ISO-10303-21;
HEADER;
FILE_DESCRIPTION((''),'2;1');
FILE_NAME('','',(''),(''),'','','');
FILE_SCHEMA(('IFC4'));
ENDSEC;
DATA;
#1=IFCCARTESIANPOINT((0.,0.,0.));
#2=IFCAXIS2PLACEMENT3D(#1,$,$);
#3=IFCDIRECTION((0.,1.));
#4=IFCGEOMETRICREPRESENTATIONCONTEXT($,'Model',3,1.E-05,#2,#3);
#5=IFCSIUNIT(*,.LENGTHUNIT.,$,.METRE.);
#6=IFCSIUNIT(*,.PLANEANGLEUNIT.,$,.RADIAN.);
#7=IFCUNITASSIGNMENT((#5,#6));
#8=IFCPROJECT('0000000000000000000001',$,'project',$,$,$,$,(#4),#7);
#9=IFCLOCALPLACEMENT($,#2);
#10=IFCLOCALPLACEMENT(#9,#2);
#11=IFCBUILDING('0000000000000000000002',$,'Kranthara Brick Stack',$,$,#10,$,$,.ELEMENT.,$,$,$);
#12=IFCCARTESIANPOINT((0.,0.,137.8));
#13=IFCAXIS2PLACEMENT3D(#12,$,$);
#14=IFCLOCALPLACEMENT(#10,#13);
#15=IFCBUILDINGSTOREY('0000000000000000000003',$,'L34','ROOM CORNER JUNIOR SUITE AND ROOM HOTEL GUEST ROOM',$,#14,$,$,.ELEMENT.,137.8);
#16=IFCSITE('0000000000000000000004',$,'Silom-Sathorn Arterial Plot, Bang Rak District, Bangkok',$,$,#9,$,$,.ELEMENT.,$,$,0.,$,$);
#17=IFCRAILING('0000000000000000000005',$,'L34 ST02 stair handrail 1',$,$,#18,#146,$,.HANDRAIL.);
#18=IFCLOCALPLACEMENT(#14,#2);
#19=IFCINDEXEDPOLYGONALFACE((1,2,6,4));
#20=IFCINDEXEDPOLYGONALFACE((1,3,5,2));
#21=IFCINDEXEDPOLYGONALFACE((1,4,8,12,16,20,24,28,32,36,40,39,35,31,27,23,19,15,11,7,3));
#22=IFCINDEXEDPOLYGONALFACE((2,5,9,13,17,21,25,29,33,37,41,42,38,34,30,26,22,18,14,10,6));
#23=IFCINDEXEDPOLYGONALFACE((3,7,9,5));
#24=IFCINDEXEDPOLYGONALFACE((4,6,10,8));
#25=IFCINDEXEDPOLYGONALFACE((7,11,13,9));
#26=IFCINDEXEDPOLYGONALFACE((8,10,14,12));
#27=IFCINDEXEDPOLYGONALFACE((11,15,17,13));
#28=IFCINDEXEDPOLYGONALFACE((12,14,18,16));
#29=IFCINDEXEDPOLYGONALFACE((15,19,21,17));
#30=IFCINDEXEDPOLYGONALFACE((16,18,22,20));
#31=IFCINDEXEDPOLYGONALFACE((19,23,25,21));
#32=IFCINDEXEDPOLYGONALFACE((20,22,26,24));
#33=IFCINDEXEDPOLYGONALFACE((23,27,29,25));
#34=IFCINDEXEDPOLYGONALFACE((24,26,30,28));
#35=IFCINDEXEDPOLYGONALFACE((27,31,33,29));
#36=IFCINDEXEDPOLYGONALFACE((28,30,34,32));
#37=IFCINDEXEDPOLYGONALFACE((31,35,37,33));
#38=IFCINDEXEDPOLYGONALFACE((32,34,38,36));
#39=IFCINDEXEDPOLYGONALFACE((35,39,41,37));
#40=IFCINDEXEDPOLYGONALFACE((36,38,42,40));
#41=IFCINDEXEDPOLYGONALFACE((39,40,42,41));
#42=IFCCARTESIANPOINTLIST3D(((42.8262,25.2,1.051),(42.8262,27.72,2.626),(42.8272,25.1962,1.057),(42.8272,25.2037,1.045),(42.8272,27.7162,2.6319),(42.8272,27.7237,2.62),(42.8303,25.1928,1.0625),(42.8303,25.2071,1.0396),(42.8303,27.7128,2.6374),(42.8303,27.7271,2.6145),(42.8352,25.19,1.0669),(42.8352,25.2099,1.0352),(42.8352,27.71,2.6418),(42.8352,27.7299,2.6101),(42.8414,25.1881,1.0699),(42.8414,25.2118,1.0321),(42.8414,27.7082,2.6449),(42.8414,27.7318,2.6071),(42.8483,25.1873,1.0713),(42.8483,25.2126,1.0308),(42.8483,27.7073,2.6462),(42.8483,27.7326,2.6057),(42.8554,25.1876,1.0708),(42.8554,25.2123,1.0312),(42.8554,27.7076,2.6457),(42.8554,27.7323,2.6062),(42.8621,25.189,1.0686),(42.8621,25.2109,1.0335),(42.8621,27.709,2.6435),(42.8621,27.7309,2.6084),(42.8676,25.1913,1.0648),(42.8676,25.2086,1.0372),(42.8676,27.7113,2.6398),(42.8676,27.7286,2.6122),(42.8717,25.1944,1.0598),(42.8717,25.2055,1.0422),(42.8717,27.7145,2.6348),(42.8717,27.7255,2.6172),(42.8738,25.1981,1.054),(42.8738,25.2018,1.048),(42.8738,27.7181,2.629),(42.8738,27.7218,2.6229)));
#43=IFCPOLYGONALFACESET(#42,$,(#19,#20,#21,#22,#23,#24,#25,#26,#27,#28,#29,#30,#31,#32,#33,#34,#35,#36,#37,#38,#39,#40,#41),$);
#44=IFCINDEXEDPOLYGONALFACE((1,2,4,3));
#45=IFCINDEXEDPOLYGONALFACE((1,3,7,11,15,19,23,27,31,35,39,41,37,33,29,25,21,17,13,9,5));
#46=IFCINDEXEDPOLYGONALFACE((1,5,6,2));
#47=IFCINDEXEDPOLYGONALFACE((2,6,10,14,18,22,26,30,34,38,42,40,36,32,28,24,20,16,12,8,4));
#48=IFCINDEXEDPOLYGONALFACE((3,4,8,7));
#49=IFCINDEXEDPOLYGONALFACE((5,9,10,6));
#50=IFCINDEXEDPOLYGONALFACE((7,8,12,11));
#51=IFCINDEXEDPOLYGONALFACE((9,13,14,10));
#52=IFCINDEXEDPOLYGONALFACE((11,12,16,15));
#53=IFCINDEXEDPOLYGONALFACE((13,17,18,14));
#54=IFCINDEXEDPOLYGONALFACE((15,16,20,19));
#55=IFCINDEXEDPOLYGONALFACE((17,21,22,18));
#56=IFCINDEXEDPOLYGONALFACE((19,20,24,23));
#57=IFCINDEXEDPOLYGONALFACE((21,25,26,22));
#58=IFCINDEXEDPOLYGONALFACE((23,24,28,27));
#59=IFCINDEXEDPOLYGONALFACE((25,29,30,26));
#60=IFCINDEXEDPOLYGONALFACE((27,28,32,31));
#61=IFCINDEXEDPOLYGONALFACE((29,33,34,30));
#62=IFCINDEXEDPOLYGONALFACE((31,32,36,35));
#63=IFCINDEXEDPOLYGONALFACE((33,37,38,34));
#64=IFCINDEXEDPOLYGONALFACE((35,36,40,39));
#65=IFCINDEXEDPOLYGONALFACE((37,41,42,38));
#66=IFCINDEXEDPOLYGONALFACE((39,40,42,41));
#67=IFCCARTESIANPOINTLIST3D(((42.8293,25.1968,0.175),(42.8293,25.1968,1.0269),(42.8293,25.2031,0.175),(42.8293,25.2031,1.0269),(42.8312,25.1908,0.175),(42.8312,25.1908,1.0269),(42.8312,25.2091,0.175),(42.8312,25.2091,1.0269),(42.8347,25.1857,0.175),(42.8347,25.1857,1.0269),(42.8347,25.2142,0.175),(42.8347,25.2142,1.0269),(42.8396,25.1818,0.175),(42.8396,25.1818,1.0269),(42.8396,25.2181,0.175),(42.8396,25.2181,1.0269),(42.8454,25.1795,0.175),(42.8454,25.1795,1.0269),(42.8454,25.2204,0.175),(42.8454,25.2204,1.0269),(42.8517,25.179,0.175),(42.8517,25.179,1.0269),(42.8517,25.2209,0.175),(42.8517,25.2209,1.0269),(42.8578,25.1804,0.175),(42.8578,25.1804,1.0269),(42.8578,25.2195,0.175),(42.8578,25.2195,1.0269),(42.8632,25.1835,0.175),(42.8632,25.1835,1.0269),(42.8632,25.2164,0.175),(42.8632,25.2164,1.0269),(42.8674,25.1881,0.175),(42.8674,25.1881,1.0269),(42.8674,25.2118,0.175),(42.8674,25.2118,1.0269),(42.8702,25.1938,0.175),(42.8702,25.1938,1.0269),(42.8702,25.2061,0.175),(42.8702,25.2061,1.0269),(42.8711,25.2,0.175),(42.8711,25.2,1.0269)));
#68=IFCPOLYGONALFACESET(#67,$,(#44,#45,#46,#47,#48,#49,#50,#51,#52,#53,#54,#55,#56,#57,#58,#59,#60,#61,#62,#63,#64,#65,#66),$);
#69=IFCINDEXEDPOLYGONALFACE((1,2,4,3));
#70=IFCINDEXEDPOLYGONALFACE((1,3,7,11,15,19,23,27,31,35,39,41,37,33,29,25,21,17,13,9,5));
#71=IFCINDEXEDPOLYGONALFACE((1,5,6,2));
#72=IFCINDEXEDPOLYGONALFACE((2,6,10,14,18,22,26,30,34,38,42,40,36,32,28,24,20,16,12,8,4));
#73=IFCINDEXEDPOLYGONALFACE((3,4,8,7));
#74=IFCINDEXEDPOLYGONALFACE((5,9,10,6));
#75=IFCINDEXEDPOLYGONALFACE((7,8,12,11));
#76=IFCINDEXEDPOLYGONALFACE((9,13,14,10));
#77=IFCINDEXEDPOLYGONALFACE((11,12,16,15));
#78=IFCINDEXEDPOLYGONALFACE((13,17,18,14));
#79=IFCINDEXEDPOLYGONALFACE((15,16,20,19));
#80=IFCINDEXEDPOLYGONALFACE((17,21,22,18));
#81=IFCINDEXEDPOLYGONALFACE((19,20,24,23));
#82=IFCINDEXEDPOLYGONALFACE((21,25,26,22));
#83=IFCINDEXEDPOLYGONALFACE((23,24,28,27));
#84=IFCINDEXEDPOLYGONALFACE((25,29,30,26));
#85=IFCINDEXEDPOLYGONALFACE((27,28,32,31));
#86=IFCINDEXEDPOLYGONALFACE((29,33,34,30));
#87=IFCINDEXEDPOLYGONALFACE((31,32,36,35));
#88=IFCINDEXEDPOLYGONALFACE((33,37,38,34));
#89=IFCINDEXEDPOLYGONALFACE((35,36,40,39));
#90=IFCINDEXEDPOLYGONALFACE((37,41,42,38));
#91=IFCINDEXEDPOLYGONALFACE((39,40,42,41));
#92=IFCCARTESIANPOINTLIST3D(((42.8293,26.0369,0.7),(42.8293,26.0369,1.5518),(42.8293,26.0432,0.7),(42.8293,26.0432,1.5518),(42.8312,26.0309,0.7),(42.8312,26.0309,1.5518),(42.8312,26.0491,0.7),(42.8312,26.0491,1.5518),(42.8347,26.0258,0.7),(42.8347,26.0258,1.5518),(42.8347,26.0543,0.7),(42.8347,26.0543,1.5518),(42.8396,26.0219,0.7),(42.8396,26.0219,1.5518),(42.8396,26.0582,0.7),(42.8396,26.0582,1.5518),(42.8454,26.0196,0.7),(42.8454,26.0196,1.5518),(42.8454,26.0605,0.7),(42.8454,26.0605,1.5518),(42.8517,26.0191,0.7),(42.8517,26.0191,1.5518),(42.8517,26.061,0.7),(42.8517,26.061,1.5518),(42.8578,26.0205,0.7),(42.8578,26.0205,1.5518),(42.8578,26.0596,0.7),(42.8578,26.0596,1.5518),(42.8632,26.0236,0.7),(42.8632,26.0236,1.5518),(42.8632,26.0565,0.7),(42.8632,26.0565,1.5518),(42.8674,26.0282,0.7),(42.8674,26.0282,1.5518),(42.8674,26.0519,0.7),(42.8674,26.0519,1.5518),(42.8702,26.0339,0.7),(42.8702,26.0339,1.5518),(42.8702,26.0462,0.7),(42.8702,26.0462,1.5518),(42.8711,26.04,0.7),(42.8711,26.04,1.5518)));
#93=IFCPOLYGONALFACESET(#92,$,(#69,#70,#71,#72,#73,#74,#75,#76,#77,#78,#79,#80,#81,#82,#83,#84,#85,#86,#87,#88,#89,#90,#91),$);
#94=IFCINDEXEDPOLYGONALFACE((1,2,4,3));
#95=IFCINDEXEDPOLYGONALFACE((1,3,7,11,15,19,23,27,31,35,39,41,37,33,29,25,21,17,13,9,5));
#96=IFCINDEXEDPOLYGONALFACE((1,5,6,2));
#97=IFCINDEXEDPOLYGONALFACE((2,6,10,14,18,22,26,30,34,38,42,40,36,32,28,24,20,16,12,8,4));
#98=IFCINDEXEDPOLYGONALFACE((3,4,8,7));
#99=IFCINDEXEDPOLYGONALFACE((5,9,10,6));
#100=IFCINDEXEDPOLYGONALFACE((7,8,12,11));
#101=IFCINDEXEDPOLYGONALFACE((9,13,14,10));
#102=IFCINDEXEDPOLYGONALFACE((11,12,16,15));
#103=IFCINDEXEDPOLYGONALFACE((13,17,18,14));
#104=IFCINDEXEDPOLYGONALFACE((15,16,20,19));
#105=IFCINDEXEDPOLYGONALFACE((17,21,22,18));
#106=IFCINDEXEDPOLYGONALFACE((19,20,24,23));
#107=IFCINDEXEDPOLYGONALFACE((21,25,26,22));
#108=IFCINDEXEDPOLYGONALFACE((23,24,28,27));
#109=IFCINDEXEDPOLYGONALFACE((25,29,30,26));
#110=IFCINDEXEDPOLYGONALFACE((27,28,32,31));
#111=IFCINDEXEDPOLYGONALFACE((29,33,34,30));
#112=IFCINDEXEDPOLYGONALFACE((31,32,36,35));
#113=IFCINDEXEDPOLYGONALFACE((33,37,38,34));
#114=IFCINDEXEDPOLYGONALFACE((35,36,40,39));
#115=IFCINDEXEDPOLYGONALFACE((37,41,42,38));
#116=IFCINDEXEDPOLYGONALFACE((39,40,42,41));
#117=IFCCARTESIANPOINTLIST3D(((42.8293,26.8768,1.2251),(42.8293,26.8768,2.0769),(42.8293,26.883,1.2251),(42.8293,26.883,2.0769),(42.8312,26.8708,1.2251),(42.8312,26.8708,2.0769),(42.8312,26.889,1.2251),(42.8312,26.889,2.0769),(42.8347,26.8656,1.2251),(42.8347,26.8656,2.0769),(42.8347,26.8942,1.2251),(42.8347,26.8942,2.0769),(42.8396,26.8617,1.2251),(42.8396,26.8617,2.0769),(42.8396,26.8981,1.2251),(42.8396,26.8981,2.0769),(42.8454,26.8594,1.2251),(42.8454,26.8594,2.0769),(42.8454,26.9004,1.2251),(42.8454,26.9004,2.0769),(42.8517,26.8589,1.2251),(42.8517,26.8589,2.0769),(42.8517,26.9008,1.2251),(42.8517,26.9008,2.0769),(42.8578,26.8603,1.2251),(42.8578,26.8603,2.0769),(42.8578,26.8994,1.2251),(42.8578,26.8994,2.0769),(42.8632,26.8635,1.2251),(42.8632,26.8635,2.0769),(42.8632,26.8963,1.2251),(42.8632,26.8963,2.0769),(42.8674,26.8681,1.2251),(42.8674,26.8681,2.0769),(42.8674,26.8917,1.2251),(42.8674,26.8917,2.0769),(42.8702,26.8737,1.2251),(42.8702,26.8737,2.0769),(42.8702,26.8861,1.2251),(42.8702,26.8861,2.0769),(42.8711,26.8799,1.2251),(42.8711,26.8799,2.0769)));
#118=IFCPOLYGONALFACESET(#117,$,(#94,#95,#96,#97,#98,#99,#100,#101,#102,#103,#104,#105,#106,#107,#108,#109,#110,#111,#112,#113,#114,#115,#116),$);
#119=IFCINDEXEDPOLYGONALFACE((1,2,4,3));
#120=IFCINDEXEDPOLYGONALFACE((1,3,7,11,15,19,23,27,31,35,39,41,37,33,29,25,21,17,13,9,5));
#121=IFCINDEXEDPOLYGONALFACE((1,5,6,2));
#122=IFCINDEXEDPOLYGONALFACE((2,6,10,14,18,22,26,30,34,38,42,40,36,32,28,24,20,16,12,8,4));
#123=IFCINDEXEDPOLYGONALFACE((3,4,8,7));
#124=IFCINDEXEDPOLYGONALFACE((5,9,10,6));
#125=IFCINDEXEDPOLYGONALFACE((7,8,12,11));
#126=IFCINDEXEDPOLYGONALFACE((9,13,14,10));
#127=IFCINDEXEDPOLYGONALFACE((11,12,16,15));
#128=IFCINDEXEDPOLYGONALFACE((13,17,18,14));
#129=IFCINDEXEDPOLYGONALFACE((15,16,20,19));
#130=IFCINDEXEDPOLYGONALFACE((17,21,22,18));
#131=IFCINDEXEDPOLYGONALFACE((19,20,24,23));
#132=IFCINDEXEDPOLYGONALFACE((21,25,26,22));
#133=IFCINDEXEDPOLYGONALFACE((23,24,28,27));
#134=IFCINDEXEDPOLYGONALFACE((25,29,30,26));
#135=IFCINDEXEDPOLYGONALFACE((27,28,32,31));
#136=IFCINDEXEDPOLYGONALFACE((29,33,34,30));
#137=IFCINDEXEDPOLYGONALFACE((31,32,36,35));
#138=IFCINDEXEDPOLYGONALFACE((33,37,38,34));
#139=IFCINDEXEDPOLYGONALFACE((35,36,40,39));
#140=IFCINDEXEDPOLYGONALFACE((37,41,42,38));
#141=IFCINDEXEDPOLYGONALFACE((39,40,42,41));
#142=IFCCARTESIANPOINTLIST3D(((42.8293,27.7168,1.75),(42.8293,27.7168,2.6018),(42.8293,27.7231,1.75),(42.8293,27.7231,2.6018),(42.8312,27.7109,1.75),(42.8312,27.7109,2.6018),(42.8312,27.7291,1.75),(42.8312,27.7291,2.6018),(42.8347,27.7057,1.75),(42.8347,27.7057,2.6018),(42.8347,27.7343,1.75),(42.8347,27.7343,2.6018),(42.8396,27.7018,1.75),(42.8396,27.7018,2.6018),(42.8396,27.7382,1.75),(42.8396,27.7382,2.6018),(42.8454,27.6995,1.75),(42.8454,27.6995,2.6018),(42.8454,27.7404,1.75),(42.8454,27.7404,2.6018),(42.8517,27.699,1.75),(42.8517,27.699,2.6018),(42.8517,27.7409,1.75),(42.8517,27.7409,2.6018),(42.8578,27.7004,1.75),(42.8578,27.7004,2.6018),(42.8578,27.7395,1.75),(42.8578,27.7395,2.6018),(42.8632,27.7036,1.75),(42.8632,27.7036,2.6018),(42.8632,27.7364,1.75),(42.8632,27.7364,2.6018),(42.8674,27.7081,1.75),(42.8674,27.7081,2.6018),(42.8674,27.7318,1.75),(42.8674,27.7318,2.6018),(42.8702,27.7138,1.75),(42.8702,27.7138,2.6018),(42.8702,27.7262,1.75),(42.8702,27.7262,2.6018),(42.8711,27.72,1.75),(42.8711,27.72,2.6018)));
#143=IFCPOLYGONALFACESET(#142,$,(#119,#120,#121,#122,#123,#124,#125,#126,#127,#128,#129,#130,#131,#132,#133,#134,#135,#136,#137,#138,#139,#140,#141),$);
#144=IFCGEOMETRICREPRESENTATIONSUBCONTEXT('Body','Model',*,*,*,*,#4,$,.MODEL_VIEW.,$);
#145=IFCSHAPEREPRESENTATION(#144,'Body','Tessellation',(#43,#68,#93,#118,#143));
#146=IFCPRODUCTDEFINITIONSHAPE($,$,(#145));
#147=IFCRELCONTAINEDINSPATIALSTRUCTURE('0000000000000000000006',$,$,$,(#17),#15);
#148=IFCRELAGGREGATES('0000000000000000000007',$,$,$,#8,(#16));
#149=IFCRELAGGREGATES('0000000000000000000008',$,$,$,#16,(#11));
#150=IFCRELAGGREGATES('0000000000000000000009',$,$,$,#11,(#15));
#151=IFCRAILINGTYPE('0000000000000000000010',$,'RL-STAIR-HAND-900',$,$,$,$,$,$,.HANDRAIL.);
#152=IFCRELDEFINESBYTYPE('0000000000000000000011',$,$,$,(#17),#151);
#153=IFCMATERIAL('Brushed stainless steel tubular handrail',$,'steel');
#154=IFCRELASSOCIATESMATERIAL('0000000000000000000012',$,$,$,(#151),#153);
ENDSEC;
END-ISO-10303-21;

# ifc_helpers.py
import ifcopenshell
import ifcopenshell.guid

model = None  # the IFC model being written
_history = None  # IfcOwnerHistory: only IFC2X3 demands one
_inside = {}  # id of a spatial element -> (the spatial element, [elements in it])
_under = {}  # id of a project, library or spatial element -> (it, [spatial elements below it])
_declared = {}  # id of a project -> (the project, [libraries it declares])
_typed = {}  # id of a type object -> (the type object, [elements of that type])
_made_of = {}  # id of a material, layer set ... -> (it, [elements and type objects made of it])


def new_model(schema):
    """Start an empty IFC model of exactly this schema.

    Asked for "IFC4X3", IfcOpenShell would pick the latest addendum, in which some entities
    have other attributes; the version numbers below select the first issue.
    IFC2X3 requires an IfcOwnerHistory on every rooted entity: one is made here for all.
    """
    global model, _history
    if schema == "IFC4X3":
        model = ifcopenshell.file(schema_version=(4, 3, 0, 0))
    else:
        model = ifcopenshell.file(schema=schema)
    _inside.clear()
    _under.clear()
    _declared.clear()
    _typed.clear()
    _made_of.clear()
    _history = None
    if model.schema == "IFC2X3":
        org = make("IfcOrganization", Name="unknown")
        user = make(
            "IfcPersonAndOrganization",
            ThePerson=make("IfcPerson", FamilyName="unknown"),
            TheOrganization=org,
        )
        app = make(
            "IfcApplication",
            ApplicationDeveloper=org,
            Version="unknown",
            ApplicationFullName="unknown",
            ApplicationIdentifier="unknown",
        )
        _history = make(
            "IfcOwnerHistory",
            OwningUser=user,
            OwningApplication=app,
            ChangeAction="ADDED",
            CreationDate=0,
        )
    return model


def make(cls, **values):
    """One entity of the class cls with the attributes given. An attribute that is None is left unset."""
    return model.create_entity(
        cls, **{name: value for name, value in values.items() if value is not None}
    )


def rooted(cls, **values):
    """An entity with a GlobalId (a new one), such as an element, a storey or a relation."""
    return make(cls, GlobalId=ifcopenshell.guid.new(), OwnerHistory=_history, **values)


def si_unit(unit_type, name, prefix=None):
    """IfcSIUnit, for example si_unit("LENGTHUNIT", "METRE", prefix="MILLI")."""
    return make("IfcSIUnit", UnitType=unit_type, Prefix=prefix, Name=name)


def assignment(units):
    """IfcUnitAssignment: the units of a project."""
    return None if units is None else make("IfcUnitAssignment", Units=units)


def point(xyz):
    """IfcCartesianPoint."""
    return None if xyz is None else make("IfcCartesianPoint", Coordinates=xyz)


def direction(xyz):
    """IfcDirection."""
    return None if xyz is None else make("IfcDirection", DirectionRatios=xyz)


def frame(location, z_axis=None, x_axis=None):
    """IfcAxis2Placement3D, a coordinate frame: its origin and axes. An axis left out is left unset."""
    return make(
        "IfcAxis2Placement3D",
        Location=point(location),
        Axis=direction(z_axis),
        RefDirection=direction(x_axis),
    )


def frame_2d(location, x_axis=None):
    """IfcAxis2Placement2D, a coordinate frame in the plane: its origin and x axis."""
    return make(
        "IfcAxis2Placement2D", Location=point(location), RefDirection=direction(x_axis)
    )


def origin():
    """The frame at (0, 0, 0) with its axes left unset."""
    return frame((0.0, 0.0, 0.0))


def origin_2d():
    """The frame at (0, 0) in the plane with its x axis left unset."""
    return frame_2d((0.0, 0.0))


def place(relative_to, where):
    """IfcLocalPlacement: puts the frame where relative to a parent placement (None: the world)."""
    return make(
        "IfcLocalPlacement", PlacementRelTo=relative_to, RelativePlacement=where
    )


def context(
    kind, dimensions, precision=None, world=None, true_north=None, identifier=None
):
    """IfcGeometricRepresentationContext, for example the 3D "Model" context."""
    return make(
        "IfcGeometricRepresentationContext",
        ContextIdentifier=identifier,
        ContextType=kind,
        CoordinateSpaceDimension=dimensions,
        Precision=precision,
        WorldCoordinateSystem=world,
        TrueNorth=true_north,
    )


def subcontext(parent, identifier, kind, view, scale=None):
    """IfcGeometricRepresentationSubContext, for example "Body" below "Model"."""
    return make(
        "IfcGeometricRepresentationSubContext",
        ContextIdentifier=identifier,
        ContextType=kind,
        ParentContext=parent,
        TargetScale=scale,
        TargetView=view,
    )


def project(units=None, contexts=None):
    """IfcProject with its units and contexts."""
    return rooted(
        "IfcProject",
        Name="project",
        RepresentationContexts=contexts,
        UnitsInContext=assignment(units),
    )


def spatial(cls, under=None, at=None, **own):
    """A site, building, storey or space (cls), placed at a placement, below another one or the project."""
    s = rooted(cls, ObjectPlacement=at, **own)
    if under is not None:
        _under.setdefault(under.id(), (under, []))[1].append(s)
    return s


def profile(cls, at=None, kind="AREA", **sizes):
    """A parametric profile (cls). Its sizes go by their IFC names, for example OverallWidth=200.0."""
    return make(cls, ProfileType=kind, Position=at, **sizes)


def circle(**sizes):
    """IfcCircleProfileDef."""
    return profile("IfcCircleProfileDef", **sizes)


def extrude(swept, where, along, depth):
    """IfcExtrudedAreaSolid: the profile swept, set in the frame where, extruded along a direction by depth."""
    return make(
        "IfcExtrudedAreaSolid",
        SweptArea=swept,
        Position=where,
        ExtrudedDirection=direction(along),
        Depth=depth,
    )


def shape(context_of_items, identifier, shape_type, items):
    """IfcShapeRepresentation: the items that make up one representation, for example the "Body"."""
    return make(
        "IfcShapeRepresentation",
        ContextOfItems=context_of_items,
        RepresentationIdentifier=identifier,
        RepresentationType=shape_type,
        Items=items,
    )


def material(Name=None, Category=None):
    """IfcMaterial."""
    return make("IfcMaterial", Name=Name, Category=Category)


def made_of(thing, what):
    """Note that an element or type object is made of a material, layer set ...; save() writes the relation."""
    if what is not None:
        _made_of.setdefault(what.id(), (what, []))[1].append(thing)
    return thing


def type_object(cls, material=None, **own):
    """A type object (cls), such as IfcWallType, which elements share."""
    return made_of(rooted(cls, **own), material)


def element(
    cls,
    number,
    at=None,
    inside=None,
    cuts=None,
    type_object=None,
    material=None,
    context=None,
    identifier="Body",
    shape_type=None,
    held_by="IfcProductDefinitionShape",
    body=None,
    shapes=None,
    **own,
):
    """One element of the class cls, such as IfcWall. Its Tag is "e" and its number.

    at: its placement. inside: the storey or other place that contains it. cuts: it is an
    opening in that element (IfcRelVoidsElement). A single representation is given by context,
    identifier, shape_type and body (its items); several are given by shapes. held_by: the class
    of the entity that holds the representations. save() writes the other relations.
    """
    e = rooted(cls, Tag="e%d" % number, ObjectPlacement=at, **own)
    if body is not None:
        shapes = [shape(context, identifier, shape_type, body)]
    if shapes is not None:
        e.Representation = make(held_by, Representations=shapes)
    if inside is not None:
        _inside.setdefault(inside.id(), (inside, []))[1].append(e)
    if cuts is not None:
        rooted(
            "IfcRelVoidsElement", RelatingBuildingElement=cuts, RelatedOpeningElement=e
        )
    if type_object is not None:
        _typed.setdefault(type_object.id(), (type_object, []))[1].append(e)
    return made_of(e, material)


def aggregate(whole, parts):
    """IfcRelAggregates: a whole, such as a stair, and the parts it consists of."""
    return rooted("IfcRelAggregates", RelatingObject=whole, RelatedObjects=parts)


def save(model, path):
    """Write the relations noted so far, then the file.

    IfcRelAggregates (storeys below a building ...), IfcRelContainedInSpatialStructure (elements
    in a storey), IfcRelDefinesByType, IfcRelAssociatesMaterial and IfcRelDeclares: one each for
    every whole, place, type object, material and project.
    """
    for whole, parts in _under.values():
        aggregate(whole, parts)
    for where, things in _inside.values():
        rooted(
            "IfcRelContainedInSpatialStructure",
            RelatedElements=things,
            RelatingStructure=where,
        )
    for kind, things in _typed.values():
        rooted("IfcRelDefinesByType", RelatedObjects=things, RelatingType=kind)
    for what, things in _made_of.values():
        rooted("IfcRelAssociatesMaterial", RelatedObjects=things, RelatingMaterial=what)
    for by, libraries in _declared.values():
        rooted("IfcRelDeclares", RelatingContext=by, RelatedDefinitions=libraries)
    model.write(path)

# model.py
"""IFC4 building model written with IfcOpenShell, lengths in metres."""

from ifc_helpers import new_model, si_unit, direction, frame, origin, origin_2d, place, context, subcontext, project, spatial, circle, extrude, material, type_object, element, save


model = new_model("IFC4")

# Units and contexts
model_context = context("Model", 3, precision=1e-05, world=origin(), true_north=direction((0.0, 1.0)))
body_context = subcontext(model_context, "Body", "Model", "MODEL_VIEW")
ifc_project = project(units=[si_unit("LENGTHUNIT", "METRE"), si_unit("PLANEANGLEUNIT", "RADIAN")], contexts=[model_context])

# Site, building, storey
site_placement = place(None, origin())
site = spatial("IfcSite", under=ifc_project, at=site_placement, Name="Silom-Sathorn Arterial Plot, Bang Rak District, Bangkok", CompositionType="ELEMENT", RefElevation=0.0)
building_placement = place(site_placement, origin())
building = spatial("IfcBuilding", under=site, at=building_placement, Name="Kranthara Brick Stack", CompositionType="ELEMENT")
storey_placement = place(building_placement, frame((0.0, 0.0, 137.8)))
storey = spatial("IfcBuildingStorey", under=building, at=storey_placement, Name="L34", Description="ROOM CORNER JUNIOR SUITE AND ROOM HOTEL GUEST ROOM", CompositionType="ELEMENT", Elevation=137.8)

# Railing
ifc_material_1 = material(Name="Brushed stainless steel tubular handrail", Category="steel")
railing_type_1 = type_object("IfcRailingType", Name="RL-STAIR-HAND-900", PredefinedType="HANDRAIL", material=ifc_material_1)
railing_1_placement = place(storey_placement, frame((42.8501, 25.2, 0.175)))
element("IfcRailing", 1, at=railing_1_placement, inside=storey, type_object=railing_type_1, Name="L34 ST02 stair handrail 1", PredefinedType="HANDRAIL", context=body_context, shape_type="SweptSolid", body=[
    extrude(circle(Radius=0.0239, at=origin_2d()), frame((0.0, 0.0, 0.876), z_axis=(0.0, 0.848008, 0.529984), x_axis=(-1.0, 0.0, 0.0)), (0.0, 0.0, 1.0), 2.9717),
    extrude(circle(Radius=0.021, at=origin_2d()), origin(), (0.0, 0.0, 1.0), 0.8518),
    extrude(circle(Radius=0.021, at=origin_2d()), frame((0.0, 0.8401, 0.5249)), (0.0, 0.0, 1.0), 0.8518),
    extrude(circle(Radius=0.021, at=origin_2d()), frame((0.0, 1.6799, 1.05)), (0.0, 0.0, 1.0), 0.8518),
    extrude(circle(Radius=0.021, at=origin_2d()), frame((0.0, 2.52, 1.575)), (0.0, 0.0, 1.0), 0.8518),
])

save(model, "model.ifc")
